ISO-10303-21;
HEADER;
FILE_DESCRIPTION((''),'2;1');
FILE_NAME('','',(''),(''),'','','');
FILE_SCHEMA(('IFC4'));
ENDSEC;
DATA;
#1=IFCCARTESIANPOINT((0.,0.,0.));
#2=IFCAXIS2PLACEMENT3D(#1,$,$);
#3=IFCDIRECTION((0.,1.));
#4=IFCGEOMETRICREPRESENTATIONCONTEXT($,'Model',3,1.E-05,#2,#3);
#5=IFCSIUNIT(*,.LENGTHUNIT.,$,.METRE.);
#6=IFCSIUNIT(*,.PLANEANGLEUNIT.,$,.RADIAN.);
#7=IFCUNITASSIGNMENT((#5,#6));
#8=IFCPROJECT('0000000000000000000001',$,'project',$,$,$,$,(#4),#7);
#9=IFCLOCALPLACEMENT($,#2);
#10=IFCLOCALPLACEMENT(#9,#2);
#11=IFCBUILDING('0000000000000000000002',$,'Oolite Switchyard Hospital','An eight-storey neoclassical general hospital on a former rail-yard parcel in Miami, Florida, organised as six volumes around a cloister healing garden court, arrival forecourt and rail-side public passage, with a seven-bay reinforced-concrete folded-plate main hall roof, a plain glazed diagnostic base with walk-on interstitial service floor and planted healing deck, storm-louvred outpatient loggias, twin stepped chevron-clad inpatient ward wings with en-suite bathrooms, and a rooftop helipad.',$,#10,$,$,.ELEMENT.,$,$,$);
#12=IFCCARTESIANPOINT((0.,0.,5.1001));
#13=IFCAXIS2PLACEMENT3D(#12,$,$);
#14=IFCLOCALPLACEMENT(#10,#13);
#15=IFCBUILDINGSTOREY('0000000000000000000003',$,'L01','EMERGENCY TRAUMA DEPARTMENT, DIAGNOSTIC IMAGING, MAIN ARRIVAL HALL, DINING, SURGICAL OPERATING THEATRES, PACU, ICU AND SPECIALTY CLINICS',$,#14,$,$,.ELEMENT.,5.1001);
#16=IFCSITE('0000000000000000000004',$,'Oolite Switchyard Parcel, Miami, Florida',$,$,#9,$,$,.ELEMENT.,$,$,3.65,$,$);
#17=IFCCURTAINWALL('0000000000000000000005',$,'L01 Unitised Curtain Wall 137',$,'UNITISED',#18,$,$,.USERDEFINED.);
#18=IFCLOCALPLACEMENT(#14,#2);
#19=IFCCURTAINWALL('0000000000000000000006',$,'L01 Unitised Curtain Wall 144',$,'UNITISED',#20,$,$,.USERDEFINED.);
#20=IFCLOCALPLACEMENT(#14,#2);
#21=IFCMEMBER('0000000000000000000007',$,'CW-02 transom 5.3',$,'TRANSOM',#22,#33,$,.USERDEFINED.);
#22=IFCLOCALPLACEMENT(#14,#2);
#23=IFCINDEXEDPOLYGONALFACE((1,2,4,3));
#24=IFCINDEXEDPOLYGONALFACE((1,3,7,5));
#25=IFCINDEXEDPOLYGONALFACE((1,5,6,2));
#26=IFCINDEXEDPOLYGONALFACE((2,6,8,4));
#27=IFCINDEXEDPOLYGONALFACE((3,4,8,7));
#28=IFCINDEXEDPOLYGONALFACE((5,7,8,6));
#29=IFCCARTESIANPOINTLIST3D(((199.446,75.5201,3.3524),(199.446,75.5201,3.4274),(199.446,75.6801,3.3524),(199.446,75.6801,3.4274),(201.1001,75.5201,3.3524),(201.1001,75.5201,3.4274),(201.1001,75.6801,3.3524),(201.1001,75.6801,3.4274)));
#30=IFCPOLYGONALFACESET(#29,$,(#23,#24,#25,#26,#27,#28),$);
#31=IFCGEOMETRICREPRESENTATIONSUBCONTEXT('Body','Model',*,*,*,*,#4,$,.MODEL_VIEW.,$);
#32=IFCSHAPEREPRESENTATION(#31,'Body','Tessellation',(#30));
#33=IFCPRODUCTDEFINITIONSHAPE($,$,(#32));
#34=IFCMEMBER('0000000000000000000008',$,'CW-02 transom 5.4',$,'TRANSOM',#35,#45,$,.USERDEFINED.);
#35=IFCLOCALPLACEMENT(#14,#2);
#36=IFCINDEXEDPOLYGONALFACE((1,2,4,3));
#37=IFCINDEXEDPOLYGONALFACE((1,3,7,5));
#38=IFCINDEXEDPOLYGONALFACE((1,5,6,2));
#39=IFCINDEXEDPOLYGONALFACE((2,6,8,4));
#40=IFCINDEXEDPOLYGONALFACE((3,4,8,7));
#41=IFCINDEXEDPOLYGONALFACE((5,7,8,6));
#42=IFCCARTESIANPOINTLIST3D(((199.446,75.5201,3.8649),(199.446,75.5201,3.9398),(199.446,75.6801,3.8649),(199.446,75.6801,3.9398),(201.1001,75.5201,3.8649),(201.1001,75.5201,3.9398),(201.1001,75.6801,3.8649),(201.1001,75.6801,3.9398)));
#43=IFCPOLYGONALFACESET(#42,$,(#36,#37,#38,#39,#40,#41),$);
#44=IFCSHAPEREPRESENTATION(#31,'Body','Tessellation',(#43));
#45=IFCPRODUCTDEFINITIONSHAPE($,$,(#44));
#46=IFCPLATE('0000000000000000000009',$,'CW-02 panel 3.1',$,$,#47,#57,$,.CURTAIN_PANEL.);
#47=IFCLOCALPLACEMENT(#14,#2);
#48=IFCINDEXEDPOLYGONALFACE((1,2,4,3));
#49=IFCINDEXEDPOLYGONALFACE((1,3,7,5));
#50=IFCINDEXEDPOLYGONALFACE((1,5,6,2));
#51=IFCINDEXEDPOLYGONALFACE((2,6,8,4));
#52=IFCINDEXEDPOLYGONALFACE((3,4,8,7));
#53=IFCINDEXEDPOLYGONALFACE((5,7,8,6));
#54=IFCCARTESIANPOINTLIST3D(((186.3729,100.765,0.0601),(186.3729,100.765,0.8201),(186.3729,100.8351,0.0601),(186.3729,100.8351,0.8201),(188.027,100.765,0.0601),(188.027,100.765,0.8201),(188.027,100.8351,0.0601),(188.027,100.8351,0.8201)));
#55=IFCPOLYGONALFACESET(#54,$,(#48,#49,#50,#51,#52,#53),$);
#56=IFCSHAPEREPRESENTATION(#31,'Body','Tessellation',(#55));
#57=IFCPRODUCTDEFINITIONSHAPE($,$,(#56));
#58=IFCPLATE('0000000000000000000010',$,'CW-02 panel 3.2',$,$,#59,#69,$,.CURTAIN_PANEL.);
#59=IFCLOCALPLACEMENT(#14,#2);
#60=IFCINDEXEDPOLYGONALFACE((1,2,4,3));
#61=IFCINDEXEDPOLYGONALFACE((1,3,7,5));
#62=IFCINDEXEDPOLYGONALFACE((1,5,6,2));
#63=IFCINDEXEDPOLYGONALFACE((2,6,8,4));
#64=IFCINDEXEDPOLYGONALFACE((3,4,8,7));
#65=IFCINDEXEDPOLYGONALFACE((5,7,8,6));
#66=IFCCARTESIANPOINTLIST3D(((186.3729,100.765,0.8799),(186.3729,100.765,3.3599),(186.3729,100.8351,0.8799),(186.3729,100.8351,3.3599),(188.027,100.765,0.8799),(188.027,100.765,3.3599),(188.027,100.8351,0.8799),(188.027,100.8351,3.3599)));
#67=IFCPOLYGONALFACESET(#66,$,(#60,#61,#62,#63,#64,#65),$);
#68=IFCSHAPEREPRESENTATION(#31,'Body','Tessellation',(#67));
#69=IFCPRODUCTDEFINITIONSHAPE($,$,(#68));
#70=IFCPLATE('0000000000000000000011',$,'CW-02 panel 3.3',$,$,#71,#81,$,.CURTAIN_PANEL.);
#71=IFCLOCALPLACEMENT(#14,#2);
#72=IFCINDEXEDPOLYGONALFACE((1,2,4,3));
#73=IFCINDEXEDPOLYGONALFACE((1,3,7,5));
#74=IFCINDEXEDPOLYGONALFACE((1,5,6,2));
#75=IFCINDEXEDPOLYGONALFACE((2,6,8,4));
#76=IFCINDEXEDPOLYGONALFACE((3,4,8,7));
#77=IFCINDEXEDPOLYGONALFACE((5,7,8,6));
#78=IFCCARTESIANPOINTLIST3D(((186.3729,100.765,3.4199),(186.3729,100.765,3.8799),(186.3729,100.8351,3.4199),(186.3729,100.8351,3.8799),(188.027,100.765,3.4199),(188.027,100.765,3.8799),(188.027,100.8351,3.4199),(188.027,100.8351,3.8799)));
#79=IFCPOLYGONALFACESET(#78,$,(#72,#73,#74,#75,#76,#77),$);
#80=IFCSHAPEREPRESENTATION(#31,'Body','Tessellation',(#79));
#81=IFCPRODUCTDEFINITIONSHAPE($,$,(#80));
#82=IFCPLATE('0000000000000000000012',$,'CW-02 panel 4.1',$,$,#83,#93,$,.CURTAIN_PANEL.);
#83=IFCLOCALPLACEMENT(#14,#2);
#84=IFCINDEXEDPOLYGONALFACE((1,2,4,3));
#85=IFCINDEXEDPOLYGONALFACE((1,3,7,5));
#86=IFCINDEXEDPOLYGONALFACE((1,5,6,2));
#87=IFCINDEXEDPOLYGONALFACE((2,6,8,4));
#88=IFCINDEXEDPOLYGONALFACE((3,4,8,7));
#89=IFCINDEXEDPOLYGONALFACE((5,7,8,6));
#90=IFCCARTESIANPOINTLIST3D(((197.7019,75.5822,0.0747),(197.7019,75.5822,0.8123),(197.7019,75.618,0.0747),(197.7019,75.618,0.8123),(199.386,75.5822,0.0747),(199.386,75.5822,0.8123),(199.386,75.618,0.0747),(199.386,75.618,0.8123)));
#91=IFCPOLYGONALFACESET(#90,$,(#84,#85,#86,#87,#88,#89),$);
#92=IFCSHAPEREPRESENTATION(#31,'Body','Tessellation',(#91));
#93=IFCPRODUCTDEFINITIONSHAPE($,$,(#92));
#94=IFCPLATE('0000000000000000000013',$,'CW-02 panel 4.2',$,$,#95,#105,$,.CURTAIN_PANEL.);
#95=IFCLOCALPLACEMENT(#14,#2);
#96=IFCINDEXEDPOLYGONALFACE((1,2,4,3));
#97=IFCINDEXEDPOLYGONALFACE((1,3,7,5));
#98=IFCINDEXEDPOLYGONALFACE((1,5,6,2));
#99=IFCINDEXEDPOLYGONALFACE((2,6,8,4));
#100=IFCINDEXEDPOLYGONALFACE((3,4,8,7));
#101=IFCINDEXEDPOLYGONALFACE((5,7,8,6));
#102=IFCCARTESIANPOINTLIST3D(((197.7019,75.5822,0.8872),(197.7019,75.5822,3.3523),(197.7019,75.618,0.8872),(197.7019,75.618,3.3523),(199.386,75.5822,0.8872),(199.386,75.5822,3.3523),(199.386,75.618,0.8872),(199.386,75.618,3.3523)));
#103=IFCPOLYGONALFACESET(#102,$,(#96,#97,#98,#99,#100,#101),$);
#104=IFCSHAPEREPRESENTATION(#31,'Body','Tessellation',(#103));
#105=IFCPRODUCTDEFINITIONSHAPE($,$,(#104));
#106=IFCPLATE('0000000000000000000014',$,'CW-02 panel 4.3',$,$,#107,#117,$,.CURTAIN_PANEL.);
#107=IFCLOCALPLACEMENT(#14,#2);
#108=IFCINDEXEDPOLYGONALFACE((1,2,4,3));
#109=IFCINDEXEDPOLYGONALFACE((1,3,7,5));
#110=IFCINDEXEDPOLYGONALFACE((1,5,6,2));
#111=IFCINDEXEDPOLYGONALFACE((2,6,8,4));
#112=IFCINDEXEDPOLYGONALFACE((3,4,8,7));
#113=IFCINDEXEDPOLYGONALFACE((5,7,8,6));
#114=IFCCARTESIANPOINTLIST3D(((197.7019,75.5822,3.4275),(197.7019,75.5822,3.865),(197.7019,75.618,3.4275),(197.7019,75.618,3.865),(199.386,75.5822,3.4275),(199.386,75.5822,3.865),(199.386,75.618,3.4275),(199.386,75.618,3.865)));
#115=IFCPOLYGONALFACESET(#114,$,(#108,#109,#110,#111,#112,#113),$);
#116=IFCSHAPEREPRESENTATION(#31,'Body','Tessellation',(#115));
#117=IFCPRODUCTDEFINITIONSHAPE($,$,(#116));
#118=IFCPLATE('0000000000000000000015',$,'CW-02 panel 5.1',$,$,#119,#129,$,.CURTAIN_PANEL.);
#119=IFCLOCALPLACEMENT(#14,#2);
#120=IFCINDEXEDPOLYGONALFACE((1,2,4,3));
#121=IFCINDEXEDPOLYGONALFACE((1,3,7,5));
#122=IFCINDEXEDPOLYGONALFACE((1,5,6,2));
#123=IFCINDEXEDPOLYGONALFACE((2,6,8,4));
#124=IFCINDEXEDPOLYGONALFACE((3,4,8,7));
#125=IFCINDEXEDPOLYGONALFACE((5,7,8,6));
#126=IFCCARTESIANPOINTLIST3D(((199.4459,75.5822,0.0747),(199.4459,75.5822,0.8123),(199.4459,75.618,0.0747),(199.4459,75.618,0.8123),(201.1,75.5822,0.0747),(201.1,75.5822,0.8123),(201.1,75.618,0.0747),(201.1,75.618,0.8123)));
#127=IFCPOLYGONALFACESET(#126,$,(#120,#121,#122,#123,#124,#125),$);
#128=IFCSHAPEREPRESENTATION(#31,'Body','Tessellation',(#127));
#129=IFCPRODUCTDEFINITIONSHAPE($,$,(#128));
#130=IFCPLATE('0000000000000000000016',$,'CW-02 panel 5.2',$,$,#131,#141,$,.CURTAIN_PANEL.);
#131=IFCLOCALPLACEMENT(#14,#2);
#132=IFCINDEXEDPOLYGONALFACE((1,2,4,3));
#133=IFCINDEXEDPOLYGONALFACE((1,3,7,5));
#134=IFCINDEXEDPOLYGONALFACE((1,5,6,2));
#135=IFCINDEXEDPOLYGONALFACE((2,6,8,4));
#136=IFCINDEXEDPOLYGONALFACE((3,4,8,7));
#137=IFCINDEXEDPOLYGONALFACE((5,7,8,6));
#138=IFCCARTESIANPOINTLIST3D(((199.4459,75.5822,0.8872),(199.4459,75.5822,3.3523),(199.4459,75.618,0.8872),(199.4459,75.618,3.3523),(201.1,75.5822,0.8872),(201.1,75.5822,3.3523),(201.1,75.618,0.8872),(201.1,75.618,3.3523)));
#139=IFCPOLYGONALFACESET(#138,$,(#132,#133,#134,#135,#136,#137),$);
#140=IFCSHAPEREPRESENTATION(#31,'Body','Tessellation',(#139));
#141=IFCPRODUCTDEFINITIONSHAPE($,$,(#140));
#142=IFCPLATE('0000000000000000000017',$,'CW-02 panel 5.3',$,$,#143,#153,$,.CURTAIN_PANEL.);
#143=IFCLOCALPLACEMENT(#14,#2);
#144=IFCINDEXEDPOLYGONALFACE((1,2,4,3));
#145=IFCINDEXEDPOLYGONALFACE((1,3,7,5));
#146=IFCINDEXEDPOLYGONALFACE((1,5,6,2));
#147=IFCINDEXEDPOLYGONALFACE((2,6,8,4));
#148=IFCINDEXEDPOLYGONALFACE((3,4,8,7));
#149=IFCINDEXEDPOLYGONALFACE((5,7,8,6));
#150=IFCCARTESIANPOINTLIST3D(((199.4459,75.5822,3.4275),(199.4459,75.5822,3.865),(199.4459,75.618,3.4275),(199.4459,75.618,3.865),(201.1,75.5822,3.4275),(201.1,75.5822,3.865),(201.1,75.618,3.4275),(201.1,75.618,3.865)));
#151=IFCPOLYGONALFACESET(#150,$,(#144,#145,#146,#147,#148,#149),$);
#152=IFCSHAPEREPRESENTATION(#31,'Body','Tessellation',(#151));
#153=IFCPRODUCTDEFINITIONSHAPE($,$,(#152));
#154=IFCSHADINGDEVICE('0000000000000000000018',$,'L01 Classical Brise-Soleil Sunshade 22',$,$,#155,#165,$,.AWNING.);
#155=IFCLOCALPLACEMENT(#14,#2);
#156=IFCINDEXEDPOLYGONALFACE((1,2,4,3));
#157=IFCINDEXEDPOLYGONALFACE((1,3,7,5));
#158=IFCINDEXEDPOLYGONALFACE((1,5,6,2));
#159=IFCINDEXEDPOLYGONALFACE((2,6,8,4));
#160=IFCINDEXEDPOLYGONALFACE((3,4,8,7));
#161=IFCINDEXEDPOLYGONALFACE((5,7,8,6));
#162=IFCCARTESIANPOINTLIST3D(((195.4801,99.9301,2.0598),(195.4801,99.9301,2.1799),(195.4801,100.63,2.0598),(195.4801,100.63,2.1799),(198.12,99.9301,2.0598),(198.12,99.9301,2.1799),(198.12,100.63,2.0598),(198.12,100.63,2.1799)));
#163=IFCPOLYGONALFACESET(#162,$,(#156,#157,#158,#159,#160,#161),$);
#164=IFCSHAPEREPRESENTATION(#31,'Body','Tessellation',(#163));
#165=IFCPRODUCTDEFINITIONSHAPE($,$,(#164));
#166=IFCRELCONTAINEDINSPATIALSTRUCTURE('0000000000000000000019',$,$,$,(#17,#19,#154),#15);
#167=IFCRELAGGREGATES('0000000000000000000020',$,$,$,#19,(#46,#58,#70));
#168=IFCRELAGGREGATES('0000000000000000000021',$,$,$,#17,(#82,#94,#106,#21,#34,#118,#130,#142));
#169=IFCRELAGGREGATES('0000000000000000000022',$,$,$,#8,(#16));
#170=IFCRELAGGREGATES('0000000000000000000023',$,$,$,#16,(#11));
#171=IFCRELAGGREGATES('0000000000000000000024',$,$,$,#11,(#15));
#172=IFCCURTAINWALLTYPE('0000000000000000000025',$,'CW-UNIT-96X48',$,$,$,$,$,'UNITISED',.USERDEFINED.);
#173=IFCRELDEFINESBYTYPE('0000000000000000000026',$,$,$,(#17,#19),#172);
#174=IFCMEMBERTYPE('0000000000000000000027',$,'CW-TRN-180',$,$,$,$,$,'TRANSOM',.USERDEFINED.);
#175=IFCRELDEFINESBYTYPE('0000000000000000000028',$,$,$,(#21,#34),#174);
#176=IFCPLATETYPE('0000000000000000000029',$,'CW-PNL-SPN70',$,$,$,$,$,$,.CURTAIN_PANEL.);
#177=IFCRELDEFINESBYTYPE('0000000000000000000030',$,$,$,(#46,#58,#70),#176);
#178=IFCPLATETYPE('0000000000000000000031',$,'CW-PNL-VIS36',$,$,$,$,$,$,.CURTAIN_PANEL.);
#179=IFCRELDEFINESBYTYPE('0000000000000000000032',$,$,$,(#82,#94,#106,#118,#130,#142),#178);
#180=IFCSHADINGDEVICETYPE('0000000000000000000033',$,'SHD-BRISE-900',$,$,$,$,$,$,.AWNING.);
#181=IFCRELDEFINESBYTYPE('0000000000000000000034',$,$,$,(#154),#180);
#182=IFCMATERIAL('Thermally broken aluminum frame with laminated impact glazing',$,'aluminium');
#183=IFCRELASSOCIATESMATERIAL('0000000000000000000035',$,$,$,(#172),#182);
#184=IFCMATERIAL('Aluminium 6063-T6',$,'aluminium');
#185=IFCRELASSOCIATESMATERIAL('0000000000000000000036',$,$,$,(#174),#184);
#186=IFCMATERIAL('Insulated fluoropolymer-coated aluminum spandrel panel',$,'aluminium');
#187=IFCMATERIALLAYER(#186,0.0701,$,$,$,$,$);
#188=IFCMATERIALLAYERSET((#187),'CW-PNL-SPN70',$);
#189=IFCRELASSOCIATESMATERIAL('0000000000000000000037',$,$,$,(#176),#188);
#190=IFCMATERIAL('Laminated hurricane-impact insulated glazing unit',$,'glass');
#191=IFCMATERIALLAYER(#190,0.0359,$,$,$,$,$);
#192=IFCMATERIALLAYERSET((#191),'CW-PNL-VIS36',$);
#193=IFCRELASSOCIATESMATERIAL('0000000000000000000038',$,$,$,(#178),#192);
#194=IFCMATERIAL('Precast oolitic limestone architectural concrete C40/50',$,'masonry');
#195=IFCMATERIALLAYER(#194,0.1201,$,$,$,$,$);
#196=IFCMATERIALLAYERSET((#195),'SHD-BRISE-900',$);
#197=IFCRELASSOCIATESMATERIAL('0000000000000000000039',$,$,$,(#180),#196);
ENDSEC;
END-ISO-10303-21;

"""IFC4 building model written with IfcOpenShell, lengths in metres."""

from ifc_helpers import new_model, si_unit, direction, frame, origin, origin_2d, place, context, subcontext, project, spatial, rectangle, extrude, material, layer, layer_set, material_profile, profile_set, type_object, element, aggregate, save


model = new_model("IFC4")

# Units and contexts
model_context = context("Model", 3, precision=1e-05, world=origin(), true_north=direction((0.0, 1.0)))
body_context = subcontext(model_context, "Body", "Model", "MODEL_VIEW")
ifc_project = project(units=[si_unit("LENGTHUNIT", "METRE"), si_unit("PLANEANGLEUNIT", "RADIAN")], contexts=[model_context])

# Site, building, storey
site_placement = place(None, origin())
site = spatial("IfcSite", under=ifc_project, at=site_placement, Name="Oolite Switchyard Parcel, Miami, Florida", CompositionType="ELEMENT", RefElevation=3.65)
building_placement = place(site_placement, origin())
building = spatial("IfcBuilding", under=site, at=building_placement, Name="Oolite Switchyard Hospital", Description="An eight-storey neoclassical general hospital on a former rail-yard parcel in Miami, Florida, organised as six volumes around a cloister healing garden court, arrival forecourt and rail-side public passage, with a seven-bay reinforced-concrete folded-plate main hall roof, a plain glazed diagnostic base with walk-on interstitial service floor and planted healing deck, storm-louvred outpatient loggias, twin stepped chevron-clad inpatient ward wings with en-suite bathrooms, and a rooftop helipad.", CompositionType="ELEMENT")
storey_placement = place(building_placement, frame((0.0, 0.0, 5.1001)))
storey = spatial("IfcBuildingStorey", under=building, at=storey_placement, Name="L01", Description="EMERGENCY TRAUMA DEPARTMENT, DIAGNOSTIC IMAGING, MAIN ARRIVAL HALL, DINING, SURGICAL OPERATING THEATRES, PACU, ICU AND SPECIALTY CLINICS", CompositionType="ELEMENT", Elevation=5.1001)

# Curtain walls
ifc_material_1 = material(Name="Thermally broken aluminum frame with laminated impact glazing", Category="aluminium")
curtain_wall_type = type_object("IfcCurtainWallType", Name="CW-UNIT-96X48", ElementType="UNITISED", PredefinedType="USERDEFINED", material=ifc_material_1)
curtain_wall_1_placement = place(storey_placement, origin())
curtain_wall_1 = element("IfcCurtainWall", 1, at=curtain_wall_1_placement, inside=storey, type_object=curtain_wall_type, Name="L01 Unitised Curtain Wall 137", ObjectType="UNITISED", PredefinedType="USERDEFINED")
ifc_material_2 = material(Name="Aluminium 6063-T6", Category="aluminium")
curtain_wall_2_placement = place(storey_placement, origin())
curtain_wall_2 = element("IfcCurtainWall", 2, at=curtain_wall_2_placement, inside=storey, type_object=curtain_wall_type, Name="L01 Unitised Curtain Wall 144", ObjectType="UNITISED", PredefinedType="USERDEFINED")

# Members
ifc_material_profile_1 = material_profile(ifc_material_2, rectangle(XDim=0.1599, YDim=0.075, at=origin_2d()), Name="CWT75X160")
ifc_profile_set_1 = profile_set([ifc_material_profile_1], Name="Aluminium 6063-T6")
member_type_1 = type_object("IfcMemberType", Name="CW-TRN-180", ElementType="TRANSOM", PredefinedType="USERDEFINED", material=ifc_profile_set_1)
member_1_placement = place(storey_placement, frame((199.446, 75.6001, 3.3899), z_axis=(1.0, 0.0, 0.0), x_axis=(0.0, 1.0, 0.0)))
member_1 = element("IfcMember", 3, at=member_1_placement, type_object=member_type_1, Name="CW-02 transom 5.3", ObjectType="TRANSOM", PredefinedType="USERDEFINED", context=body_context, shape_type="SweptSolid", body=[
    extrude(rectangle(XDim=0.1599, YDim=0.075, at=origin_2d()), origin(), (0.0, 0.0, 1.0), 1.6541),
])
member_2_placement = place(storey_placement, frame((199.446, 75.6001, 3.9023), z_axis=(1.0, 0.0, 0.0), x_axis=(0.0, 1.0, 0.0)))
member_2 = element("IfcMember", 4, at=member_2_placement, type_object=member_type_1, Name="CW-02 transom 5.4", ObjectType="TRANSOM", PredefinedType="USERDEFINED", context=body_context, shape_type="SweptSolid", body=[
    extrude(rectangle(XDim=0.1599, YDim=0.075, at=origin_2d()), origin(), (0.0, 0.0, 1.0), 1.6541),
])

# Plates
ifc_material_3 = material(Name="Insulated fluoropolymer-coated aluminum spandrel panel", Category="aluminium")
ifc_layer_1 = layer(ifc_material_3, 0.0701)
ifc_layer_set_1 = layer_set([ifc_layer_1], Name="CW-PNL-SPN70")
plate_type_1 = type_object("IfcPlateType", Name="CW-PNL-SPN70", PredefinedType="CURTAIN_PANEL", material=ifc_layer_set_1)
plate_1_placement = place(storey_placement, frame((187.2, 100.8, 0.0601), z_axis=(0.0, 0.0, 1.0), x_axis=(-1.0, 0.0, 0.0)))
plate_1 = element("IfcPlate", 5, at=plate_1_placement, type_object=plate_type_1, Name="CW-02 panel 3.1", PredefinedType="CURTAIN_PANEL", context=body_context, shape_type="SweptSolid", body=[
    extrude(rectangle(XDim=1.6541, YDim=0.0701, at=origin_2d()), origin(), (0.0, 0.0, 1.0), 0.76),
])
plate_2_placement = place(storey_placement, frame((187.2, 100.8, 0.8799), z_axis=(0.0, 0.0, 1.0), x_axis=(-1.0, 0.0, 0.0)))
plate_2 = element("IfcPlate", 6, at=plate_2_placement, type_object=plate_type_1, Name="CW-02 panel 3.2", PredefinedType="CURTAIN_PANEL", context=body_context, shape_type="SweptSolid", body=[
    extrude(rectangle(XDim=1.6541, YDim=0.0701, at=origin_2d()), origin(), (0.0, 0.0, 1.0), 2.48),
])
plate_3_placement = place(storey_placement, frame((187.2, 100.8, 3.4199), z_axis=(0.0, 0.0, 1.0), x_axis=(-1.0, 0.0, 0.0)))
plate_3 = element("IfcPlate", 7, at=plate_3_placement, type_object=plate_type_1, Name="CW-02 panel 3.3", PredefinedType="CURTAIN_PANEL", context=body_context, shape_type="SweptSolid", body=[
    extrude(rectangle(XDim=1.6541, YDim=0.0701, at=origin_2d()), origin(), (0.0, 0.0, 1.0), 0.46),
])
aggregate(curtain_wall_2, [plate_1, plate_2, plate_3])
ifc_material_4 = material(Name="Laminated hurricane-impact insulated glazing unit", Category="glass")
ifc_layer_2 = layer(ifc_material_4, 0.0359)
ifc_layer_set_2 = layer_set([ifc_layer_2], Name="CW-PNL-VIS36")
plate_type_2 = type_object("IfcPlateType", Name="CW-PNL-VIS36", PredefinedType="CURTAIN_PANEL", material=ifc_layer_set_2)
plate_4_placement = place(storey_placement, frame((198.5439, 75.6001, 0.0747), z_axis=(0.0, 0.0, 1.0), x_axis=(1.0, 0.0, 0.0)))
plate_4 = element("IfcPlate", 8, at=plate_4_placement, type_object=plate_type_2, Name="CW-02 panel 4.1", PredefinedType="CURTAIN_PANEL", context=body_context, shape_type="SweptSolid", body=[
    extrude(rectangle(XDim=1.6841, YDim=0.0359, at=origin_2d()), origin(), (0.0, 0.0, 1.0), 0.7375),
])
plate_5_placement = place(storey_placement, frame((198.5439, 75.6001, 0.8872), z_axis=(0.0, 0.0, 1.0), x_axis=(1.0, 0.0, 0.0)))
plate_5 = element("IfcPlate", 9, at=plate_5_placement, type_object=plate_type_2, Name="CW-02 panel 4.2", PredefinedType="CURTAIN_PANEL", context=body_context, shape_type="SweptSolid", body=[
    extrude(rectangle(XDim=1.6841, YDim=0.0359, at=origin_2d()), origin(), (0.0, 0.0, 1.0), 2.4651),
])
plate_6_placement = place(storey_placement, frame((198.5439, 75.6001, 3.4275), z_axis=(0.0, 0.0, 1.0), x_axis=(1.0, 0.0, 0.0)))
plate_6 = element("IfcPlate", 10, at=plate_6_placement, type_object=plate_type_2, Name="CW-02 panel 4.3", PredefinedType="CURTAIN_PANEL", context=body_context, shape_type="SweptSolid", body=[
    extrude(rectangle(XDim=1.6841, YDim=0.0359, at=origin_2d()), origin(), (0.0, 0.0, 1.0), 0.4375),
])
plate_7_placement = place(storey_placement, frame((200.2729, 75.6001, 0.0747), z_axis=(0.0, 0.0, 1.0), x_axis=(1.0, 0.0, 0.0)))
plate_7 = element("IfcPlate", 11, at=plate_7_placement, type_object=plate_type_2, Name="CW-02 panel 5.1", PredefinedType="CURTAIN_PANEL", context=body_context, shape_type="SweptSolid", body=[
    extrude(rectangle(XDim=1.6541, YDim=0.0359, at=origin_2d()), origin(), (0.0, 0.0, 1.0), 0.7375),
])
plate_8_placement = place(storey_placement, frame((200.2729, 75.6001, 0.8872), z_axis=(0.0, 0.0, 1.0), x_axis=(1.0, 0.0, 0.0)))
plate_8 = element("IfcPlate", 12, at=plate_8_placement, type_object=plate_type_2, Name="CW-02 panel 5.2", PredefinedType="CURTAIN_PANEL", context=body_context, shape_type="SweptSolid", body=[
    extrude(rectangle(XDim=1.6541, YDim=0.0359, at=origin_2d()), origin(), (0.0, 0.0, 1.0), 2.4651),
])
plate_9_placement = place(storey_placement, frame((200.2729, 75.6001, 3.4275), z_axis=(0.0, 0.0, 1.0), x_axis=(1.0, 0.0, 0.0)))
plate_9 = element("IfcPlate", 13, at=plate_9_placement, type_object=plate_type_2, Name="CW-02 panel 5.3", PredefinedType="CURTAIN_PANEL", context=body_context, shape_type="SweptSolid", body=[
    extrude(rectangle(XDim=1.6541, YDim=0.0359, at=origin_2d()), origin(), (0.0, 0.0, 1.0), 0.4375),
])
aggregate(curtain_wall_1, [plate_4, plate_5, plate_6, member_1, member_2, plate_7, plate_8, plate_9])

# Shading device
ifc_material_5 = material(Name="Precast oolitic limestone architectural concrete C40/50", Category="masonry")
ifc_layer_3 = layer(ifc_material_5, 0.1201)
ifc_layer_set_3 = layer_set([ifc_layer_3], Name="SHD-BRISE-900")
shading_device_type = type_object("IfcShadingDeviceType", Name="SHD-BRISE-900", PredefinedType="AWNING", material=ifc_layer_set_3)
shading_device_placement = place(storey_placement, frame((196.8, 100.28, 2.0598), z_axis=(0.0, 0.0, 1.0), x_axis=(1.0, 0.0, 0.0)))
element("IfcShadingDevice", 14, at=shading_device_placement, inside=storey, type_object=shading_device_type, Name="L01 Classical Brise-Soleil Sunshade 22", PredefinedType="AWNING", context=body_context, shape_type="SweptSolid", body=[
    extrude(rectangle(XDim=2.6399, YDim=0.7, at=origin_2d()), origin(), (0.0, 0.0, 1.0), 0.1201),
])

save(model, "model.ifc")
